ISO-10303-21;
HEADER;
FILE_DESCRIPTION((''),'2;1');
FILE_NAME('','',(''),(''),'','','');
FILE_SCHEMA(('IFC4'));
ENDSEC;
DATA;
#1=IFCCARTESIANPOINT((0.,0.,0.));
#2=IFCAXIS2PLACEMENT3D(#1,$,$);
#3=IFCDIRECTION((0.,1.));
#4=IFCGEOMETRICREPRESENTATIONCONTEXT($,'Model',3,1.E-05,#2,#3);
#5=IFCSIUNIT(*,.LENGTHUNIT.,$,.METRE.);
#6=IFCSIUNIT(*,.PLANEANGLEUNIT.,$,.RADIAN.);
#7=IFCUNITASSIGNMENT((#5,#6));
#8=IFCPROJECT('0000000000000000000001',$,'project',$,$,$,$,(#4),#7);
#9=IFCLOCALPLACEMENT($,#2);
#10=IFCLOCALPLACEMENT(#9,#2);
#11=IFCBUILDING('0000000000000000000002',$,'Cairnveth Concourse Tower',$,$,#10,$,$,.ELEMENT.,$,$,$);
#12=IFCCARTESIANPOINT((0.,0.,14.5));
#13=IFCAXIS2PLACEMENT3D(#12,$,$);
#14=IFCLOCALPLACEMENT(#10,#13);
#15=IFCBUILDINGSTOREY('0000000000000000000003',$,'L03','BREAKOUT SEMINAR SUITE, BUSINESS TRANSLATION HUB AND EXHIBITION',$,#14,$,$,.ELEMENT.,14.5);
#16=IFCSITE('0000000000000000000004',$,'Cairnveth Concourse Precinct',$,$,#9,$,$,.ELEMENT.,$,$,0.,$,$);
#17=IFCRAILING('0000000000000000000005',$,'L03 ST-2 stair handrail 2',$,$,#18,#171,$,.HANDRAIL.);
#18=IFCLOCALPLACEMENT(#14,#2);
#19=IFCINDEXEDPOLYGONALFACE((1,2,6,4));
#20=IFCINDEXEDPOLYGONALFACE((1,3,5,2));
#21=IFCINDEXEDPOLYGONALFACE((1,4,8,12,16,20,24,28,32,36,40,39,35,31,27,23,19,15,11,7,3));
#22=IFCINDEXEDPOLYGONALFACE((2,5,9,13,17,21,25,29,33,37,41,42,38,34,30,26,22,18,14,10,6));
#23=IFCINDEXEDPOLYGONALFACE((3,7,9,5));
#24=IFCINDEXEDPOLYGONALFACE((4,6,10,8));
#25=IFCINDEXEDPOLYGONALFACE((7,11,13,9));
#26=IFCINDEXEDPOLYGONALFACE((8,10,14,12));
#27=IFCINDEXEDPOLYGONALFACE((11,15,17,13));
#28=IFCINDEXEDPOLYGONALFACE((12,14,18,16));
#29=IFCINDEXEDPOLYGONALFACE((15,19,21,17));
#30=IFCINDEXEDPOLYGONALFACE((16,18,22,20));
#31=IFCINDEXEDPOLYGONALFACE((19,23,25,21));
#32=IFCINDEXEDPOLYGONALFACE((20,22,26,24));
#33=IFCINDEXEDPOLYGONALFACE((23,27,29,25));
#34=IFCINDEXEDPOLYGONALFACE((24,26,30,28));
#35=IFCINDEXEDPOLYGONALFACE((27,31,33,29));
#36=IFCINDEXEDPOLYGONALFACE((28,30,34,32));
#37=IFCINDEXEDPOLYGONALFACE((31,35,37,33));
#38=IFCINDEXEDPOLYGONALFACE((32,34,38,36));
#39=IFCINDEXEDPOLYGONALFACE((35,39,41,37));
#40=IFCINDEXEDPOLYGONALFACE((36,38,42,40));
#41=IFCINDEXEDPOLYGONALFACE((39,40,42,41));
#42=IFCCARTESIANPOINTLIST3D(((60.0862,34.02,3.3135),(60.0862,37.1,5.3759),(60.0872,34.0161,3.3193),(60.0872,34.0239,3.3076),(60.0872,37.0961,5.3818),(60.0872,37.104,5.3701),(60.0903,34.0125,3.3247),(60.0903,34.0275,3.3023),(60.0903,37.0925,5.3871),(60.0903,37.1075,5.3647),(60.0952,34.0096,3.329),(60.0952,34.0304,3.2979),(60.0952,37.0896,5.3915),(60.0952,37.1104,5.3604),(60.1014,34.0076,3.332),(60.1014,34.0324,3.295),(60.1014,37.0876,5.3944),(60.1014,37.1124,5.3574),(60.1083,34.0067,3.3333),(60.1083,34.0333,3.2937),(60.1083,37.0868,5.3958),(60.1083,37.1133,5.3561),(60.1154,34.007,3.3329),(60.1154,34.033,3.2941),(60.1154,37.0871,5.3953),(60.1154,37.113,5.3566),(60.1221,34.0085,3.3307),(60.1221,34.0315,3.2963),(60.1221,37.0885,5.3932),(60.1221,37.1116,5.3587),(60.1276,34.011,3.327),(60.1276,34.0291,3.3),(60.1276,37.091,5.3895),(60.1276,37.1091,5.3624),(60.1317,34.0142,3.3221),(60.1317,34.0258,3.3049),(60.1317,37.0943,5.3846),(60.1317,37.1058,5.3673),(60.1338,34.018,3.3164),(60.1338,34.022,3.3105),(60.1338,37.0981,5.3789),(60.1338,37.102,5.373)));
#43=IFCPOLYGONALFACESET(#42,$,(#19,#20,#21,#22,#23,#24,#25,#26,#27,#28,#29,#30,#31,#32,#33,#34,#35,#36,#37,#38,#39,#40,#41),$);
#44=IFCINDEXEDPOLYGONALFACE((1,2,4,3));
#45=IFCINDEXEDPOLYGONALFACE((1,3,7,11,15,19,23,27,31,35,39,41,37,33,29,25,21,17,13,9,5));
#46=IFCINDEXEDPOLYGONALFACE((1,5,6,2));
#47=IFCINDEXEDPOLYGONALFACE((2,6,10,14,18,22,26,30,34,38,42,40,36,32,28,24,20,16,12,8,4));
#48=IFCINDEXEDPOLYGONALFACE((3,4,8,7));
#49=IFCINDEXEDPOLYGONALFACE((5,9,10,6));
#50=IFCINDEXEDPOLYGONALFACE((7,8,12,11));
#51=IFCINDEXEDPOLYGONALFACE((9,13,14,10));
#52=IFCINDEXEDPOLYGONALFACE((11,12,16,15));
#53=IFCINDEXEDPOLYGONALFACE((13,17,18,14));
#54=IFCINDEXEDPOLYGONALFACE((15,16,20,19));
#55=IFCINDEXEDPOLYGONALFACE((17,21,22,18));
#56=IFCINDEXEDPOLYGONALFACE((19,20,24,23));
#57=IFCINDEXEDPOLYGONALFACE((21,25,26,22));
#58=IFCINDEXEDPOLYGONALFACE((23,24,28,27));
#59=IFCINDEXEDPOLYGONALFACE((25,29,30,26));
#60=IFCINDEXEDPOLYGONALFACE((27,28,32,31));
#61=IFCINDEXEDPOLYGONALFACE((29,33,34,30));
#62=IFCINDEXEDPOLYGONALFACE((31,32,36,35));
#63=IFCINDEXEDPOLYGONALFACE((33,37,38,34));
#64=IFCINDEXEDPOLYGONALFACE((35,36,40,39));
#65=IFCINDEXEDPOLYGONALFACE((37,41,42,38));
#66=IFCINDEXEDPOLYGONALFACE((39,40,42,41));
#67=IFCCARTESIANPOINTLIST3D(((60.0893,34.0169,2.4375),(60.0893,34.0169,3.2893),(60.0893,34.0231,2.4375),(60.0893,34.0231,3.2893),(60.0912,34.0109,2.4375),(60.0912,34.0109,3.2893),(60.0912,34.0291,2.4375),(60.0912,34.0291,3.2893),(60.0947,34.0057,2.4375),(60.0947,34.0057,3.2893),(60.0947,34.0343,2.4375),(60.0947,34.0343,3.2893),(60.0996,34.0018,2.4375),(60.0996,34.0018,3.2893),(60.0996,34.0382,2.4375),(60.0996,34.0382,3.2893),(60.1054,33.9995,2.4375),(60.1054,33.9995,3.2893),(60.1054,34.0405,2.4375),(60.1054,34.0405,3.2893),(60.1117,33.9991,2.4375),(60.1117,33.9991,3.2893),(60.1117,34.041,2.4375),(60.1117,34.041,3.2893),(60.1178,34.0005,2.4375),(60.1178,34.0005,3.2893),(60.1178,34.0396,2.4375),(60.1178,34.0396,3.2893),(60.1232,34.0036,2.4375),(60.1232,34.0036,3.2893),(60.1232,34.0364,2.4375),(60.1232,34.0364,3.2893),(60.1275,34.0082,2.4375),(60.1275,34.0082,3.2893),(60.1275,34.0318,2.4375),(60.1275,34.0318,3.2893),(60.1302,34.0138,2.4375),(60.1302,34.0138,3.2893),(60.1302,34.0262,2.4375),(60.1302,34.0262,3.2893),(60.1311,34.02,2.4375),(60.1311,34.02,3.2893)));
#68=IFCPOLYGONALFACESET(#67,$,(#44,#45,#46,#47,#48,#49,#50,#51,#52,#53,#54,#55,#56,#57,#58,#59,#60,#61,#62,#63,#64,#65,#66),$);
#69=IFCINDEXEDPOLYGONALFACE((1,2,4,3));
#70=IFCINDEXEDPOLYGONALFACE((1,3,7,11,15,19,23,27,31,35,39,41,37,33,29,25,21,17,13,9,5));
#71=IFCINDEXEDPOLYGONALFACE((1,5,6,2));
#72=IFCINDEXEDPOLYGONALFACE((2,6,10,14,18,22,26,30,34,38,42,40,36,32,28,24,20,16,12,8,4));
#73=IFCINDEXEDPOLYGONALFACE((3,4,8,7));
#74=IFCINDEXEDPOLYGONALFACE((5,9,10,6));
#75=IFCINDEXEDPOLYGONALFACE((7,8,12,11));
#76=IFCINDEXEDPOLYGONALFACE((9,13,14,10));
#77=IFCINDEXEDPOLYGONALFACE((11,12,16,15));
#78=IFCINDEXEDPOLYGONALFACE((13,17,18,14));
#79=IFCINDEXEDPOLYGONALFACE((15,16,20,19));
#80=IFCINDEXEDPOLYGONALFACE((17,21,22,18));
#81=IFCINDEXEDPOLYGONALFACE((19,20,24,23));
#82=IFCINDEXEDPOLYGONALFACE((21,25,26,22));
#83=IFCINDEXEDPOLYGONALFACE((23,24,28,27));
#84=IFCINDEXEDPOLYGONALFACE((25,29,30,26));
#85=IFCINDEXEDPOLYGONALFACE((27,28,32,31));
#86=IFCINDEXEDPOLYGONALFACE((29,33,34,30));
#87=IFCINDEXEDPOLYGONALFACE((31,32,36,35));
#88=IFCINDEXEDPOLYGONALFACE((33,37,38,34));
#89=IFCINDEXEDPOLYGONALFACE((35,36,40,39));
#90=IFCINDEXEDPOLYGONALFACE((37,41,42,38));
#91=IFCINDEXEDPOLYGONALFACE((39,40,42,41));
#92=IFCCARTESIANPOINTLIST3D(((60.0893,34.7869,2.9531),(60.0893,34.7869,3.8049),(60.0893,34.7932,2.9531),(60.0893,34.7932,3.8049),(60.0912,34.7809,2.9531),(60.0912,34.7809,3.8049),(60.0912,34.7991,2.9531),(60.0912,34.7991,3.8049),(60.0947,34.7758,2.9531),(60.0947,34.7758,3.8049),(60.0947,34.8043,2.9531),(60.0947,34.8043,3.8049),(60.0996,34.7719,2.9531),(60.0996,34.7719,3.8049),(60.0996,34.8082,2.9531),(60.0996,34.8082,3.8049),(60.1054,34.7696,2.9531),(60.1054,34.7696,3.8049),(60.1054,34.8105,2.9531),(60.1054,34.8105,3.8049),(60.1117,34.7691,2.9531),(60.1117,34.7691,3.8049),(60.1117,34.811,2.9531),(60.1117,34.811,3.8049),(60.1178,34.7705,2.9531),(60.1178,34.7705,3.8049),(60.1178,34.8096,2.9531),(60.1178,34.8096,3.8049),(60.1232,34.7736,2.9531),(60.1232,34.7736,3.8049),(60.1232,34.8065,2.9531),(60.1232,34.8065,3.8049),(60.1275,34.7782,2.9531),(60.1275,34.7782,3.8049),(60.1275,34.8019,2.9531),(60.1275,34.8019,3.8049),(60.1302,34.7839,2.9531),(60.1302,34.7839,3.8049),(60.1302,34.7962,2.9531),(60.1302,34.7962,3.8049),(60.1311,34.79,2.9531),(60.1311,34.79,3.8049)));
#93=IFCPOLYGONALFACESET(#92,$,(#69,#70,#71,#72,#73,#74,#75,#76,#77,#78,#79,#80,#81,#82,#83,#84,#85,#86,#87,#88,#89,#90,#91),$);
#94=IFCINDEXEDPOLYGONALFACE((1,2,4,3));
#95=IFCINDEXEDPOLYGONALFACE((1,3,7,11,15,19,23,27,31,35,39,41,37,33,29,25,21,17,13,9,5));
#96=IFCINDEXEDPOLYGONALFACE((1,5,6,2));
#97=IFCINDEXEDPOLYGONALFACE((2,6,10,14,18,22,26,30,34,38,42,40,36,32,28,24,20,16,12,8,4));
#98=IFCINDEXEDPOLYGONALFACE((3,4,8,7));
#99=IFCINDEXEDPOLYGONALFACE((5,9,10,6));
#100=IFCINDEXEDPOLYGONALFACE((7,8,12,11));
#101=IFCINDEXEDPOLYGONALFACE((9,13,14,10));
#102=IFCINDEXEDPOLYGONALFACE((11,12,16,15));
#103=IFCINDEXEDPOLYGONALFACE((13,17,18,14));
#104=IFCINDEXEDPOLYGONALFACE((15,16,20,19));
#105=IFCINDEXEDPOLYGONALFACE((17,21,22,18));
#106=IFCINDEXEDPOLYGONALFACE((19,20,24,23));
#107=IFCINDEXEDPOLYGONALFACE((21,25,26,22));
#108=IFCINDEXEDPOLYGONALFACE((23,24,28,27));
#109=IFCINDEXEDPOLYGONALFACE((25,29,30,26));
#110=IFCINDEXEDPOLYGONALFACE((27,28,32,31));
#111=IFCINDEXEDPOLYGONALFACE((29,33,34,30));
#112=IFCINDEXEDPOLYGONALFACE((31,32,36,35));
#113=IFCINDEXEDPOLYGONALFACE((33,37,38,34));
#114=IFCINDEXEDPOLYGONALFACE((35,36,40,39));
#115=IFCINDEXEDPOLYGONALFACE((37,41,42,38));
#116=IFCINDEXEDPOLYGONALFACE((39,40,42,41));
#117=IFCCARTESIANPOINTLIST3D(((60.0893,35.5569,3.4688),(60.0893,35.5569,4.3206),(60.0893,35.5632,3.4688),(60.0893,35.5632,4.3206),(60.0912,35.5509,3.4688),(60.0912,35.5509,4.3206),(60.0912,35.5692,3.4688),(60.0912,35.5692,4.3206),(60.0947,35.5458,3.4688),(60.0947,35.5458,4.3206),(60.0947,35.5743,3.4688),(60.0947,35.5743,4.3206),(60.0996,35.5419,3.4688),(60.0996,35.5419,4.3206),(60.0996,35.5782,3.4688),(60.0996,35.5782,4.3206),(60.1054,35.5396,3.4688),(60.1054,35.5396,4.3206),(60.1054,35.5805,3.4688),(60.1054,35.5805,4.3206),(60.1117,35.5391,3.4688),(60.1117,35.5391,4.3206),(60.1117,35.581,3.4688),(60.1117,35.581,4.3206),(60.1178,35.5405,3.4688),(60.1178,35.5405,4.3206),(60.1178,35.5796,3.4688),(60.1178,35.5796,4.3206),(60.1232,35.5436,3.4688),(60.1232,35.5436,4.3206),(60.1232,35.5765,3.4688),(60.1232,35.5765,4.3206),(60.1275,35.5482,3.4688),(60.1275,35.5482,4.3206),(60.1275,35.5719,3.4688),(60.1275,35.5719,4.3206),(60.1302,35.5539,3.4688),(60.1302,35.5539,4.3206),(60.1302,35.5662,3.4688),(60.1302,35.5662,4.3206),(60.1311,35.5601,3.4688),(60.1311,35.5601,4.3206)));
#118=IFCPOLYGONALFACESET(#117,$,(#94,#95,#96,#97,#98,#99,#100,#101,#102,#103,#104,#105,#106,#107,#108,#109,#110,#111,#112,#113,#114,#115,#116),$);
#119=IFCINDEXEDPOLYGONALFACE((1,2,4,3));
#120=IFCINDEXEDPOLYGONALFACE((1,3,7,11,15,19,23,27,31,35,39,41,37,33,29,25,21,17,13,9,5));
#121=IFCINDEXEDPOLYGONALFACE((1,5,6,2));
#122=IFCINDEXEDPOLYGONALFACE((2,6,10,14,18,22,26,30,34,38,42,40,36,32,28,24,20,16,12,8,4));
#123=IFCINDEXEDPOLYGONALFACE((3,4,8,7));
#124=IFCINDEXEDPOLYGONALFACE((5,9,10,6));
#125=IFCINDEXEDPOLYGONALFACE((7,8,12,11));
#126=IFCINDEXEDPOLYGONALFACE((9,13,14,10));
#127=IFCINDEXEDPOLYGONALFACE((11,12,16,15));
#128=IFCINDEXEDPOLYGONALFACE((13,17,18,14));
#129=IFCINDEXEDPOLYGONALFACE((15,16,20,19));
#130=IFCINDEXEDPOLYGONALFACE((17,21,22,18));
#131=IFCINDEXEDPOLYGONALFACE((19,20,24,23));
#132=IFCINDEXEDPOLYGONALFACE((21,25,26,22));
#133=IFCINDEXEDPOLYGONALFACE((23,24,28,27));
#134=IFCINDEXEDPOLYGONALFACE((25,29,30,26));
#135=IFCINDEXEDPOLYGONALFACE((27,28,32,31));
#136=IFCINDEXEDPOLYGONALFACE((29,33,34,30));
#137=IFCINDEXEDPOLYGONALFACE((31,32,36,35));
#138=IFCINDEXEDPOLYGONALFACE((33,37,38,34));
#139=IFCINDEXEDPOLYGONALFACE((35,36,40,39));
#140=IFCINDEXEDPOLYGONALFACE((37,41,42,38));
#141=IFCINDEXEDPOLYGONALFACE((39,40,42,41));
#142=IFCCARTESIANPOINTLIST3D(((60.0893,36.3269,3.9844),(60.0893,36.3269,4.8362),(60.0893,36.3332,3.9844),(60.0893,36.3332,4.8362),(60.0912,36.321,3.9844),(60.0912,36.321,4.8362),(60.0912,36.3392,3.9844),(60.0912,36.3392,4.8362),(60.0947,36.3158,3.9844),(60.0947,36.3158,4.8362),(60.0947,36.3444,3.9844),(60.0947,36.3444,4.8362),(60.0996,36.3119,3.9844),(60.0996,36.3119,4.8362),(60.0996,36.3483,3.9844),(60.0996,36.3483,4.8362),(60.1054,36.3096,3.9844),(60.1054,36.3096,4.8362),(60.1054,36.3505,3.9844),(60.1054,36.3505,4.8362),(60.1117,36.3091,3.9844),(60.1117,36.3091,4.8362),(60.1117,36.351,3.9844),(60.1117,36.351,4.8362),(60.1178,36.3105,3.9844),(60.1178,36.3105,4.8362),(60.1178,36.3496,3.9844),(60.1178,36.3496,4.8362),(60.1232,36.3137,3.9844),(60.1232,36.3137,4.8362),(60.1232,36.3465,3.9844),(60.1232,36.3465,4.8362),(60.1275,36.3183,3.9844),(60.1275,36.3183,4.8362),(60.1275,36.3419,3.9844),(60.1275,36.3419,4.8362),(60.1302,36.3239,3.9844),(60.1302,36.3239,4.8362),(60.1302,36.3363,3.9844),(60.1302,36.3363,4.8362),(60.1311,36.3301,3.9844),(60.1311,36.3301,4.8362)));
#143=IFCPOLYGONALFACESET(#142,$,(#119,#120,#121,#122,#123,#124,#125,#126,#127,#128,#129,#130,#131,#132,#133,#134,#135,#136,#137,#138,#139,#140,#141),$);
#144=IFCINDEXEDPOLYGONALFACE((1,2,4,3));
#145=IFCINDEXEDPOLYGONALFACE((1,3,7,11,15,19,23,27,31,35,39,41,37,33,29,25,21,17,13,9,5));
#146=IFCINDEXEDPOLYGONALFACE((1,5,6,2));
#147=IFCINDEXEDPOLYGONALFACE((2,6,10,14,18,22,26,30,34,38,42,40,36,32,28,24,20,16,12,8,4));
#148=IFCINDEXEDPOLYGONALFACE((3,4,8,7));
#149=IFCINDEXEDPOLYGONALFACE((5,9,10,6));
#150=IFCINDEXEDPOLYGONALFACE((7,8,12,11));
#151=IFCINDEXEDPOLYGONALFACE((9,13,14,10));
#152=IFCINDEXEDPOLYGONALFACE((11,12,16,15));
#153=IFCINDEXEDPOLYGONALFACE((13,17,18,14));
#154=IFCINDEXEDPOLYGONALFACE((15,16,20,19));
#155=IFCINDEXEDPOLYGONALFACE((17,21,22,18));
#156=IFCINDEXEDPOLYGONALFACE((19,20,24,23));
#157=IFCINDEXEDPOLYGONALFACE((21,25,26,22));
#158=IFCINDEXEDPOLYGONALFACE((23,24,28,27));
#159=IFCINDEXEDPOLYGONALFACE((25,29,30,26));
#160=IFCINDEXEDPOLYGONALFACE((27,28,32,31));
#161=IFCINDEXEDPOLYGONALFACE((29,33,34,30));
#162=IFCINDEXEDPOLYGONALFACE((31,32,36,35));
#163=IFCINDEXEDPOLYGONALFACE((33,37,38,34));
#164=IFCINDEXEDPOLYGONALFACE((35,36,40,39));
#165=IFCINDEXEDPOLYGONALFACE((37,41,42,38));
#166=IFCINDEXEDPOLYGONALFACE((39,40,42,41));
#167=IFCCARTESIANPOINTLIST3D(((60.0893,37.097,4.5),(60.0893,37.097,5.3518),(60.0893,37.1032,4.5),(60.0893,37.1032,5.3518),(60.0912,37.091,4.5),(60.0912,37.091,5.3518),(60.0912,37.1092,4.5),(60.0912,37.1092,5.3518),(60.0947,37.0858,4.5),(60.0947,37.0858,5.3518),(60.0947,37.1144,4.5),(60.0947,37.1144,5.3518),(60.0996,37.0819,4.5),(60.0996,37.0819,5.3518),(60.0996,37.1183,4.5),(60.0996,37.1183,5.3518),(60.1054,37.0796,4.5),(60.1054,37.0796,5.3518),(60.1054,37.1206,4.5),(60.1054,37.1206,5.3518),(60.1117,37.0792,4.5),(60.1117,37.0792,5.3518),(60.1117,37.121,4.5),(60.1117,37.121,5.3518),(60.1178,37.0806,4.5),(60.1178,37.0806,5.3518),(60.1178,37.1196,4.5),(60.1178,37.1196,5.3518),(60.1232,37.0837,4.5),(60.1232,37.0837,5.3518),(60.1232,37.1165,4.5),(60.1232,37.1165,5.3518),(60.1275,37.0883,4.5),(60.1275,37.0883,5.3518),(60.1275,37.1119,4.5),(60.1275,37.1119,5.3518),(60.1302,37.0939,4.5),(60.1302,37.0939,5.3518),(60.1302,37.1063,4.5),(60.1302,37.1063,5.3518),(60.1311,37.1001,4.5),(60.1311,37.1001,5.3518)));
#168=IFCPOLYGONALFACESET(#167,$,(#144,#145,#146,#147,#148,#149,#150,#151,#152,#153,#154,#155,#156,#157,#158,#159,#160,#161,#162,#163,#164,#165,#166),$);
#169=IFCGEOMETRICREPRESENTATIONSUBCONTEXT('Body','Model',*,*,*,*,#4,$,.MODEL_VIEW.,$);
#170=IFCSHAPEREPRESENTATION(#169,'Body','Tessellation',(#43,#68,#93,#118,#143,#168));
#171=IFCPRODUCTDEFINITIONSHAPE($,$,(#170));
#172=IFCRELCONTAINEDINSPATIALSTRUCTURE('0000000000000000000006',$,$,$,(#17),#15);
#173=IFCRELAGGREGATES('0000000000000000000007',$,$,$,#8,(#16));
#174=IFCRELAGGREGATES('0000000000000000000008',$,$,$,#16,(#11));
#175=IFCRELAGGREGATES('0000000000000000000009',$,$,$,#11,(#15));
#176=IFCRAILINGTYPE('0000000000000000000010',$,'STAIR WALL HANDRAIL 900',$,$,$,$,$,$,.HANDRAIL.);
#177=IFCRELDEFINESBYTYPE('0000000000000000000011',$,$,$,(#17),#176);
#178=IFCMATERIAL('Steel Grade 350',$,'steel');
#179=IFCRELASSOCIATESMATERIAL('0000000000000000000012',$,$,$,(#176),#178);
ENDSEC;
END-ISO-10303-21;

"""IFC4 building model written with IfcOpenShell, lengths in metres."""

from ifc_helpers import new_model, si_unit, direction, frame, origin, origin_2d, place, context, subcontext, project, spatial, circle, extrude, material, type_object, element, save


model = new_model("IFC4")

# Units and contexts
model_context = context("Model", 3, precision=1e-05, world=origin(), true_north=direction((0.0, 1.0)))
body_context = subcontext(model_context, "Body", "Model", "MODEL_VIEW")
ifc_project = project(units=[si_unit("LENGTHUNIT", "METRE"), si_unit("PLANEANGLEUNIT", "RADIAN")], contexts=[model_context])

# Site, building, storey
site_placement = place(None, origin())
site = spatial("IfcSite", under=ifc_project, at=site_placement, Name="Cairnveth Concourse Precinct", CompositionType="ELEMENT", RefElevation=0.0)
building_placement = place(site_placement, origin())
building = spatial("IfcBuilding", under=site, at=building_placement, Name="Cairnveth Concourse Tower", CompositionType="ELEMENT")
storey_placement = place(building_placement, frame((0.0, 0.0, 14.5)))
storey = spatial("IfcBuildingStorey", under=building, at=storey_placement, Name="L03", Description="BREAKOUT SEMINAR SUITE, BUSINESS TRANSLATION HUB AND EXHIBITION", CompositionType="ELEMENT", Elevation=14.5)

# Shared definitions
ifc_material_1 = material(Name="Steel Grade 350", Category="steel")

# Railing
railing_type_1 = type_object("IfcRailingType", Name="STAIR WALL HANDRAIL 900", PredefinedType="HANDRAIL", material=ifc_material_1)
railing_1_placement = place(storey_placement, frame((60.1101, 34.02, 2.4375)))
element("IfcRailing", 1, at=railing_1_placement, inside=storey, type_object=railing_type_1, Name="L03 ST-2 stair handrail 2", PredefinedType="HANDRAIL", context=body_context, shape_type="SweptSolid", body=[
    extrude(circle(Radius=0.0239, at=origin_2d()), frame((0.0, 0.0, 0.876), z_axis=(0.0, 0.830914, 0.556401), x_axis=(-1.0, 0.0, 0.0)), (0.0, 0.0, 1.0), 3.7068),
    extrude(circle(Radius=0.021, at=origin_2d()), origin(), (0.0, 0.0, 1.0), 0.8518),
    extrude(circle(Radius=0.021, at=origin_2d()), frame((0.0, 0.77, 0.5156)), (0.0, 0.0, 1.0), 0.8518),
    extrude(circle(Radius=0.021, at=origin_2d()), frame((0.0, 1.54, 1.0312)), (0.0, 0.0, 1.0), 0.8518),
    extrude(circle(Radius=0.021, at=origin_2d()), frame((0.0, 2.3101, 1.5469)), (0.0, 0.0, 1.0), 0.8518),
    extrude(circle(Radius=0.021, at=origin_2d()), frame((0.0, 3.0801, 2.0625)), (0.0, 0.0, 1.0), 0.8518),
])

save(model, "model.ifc")
